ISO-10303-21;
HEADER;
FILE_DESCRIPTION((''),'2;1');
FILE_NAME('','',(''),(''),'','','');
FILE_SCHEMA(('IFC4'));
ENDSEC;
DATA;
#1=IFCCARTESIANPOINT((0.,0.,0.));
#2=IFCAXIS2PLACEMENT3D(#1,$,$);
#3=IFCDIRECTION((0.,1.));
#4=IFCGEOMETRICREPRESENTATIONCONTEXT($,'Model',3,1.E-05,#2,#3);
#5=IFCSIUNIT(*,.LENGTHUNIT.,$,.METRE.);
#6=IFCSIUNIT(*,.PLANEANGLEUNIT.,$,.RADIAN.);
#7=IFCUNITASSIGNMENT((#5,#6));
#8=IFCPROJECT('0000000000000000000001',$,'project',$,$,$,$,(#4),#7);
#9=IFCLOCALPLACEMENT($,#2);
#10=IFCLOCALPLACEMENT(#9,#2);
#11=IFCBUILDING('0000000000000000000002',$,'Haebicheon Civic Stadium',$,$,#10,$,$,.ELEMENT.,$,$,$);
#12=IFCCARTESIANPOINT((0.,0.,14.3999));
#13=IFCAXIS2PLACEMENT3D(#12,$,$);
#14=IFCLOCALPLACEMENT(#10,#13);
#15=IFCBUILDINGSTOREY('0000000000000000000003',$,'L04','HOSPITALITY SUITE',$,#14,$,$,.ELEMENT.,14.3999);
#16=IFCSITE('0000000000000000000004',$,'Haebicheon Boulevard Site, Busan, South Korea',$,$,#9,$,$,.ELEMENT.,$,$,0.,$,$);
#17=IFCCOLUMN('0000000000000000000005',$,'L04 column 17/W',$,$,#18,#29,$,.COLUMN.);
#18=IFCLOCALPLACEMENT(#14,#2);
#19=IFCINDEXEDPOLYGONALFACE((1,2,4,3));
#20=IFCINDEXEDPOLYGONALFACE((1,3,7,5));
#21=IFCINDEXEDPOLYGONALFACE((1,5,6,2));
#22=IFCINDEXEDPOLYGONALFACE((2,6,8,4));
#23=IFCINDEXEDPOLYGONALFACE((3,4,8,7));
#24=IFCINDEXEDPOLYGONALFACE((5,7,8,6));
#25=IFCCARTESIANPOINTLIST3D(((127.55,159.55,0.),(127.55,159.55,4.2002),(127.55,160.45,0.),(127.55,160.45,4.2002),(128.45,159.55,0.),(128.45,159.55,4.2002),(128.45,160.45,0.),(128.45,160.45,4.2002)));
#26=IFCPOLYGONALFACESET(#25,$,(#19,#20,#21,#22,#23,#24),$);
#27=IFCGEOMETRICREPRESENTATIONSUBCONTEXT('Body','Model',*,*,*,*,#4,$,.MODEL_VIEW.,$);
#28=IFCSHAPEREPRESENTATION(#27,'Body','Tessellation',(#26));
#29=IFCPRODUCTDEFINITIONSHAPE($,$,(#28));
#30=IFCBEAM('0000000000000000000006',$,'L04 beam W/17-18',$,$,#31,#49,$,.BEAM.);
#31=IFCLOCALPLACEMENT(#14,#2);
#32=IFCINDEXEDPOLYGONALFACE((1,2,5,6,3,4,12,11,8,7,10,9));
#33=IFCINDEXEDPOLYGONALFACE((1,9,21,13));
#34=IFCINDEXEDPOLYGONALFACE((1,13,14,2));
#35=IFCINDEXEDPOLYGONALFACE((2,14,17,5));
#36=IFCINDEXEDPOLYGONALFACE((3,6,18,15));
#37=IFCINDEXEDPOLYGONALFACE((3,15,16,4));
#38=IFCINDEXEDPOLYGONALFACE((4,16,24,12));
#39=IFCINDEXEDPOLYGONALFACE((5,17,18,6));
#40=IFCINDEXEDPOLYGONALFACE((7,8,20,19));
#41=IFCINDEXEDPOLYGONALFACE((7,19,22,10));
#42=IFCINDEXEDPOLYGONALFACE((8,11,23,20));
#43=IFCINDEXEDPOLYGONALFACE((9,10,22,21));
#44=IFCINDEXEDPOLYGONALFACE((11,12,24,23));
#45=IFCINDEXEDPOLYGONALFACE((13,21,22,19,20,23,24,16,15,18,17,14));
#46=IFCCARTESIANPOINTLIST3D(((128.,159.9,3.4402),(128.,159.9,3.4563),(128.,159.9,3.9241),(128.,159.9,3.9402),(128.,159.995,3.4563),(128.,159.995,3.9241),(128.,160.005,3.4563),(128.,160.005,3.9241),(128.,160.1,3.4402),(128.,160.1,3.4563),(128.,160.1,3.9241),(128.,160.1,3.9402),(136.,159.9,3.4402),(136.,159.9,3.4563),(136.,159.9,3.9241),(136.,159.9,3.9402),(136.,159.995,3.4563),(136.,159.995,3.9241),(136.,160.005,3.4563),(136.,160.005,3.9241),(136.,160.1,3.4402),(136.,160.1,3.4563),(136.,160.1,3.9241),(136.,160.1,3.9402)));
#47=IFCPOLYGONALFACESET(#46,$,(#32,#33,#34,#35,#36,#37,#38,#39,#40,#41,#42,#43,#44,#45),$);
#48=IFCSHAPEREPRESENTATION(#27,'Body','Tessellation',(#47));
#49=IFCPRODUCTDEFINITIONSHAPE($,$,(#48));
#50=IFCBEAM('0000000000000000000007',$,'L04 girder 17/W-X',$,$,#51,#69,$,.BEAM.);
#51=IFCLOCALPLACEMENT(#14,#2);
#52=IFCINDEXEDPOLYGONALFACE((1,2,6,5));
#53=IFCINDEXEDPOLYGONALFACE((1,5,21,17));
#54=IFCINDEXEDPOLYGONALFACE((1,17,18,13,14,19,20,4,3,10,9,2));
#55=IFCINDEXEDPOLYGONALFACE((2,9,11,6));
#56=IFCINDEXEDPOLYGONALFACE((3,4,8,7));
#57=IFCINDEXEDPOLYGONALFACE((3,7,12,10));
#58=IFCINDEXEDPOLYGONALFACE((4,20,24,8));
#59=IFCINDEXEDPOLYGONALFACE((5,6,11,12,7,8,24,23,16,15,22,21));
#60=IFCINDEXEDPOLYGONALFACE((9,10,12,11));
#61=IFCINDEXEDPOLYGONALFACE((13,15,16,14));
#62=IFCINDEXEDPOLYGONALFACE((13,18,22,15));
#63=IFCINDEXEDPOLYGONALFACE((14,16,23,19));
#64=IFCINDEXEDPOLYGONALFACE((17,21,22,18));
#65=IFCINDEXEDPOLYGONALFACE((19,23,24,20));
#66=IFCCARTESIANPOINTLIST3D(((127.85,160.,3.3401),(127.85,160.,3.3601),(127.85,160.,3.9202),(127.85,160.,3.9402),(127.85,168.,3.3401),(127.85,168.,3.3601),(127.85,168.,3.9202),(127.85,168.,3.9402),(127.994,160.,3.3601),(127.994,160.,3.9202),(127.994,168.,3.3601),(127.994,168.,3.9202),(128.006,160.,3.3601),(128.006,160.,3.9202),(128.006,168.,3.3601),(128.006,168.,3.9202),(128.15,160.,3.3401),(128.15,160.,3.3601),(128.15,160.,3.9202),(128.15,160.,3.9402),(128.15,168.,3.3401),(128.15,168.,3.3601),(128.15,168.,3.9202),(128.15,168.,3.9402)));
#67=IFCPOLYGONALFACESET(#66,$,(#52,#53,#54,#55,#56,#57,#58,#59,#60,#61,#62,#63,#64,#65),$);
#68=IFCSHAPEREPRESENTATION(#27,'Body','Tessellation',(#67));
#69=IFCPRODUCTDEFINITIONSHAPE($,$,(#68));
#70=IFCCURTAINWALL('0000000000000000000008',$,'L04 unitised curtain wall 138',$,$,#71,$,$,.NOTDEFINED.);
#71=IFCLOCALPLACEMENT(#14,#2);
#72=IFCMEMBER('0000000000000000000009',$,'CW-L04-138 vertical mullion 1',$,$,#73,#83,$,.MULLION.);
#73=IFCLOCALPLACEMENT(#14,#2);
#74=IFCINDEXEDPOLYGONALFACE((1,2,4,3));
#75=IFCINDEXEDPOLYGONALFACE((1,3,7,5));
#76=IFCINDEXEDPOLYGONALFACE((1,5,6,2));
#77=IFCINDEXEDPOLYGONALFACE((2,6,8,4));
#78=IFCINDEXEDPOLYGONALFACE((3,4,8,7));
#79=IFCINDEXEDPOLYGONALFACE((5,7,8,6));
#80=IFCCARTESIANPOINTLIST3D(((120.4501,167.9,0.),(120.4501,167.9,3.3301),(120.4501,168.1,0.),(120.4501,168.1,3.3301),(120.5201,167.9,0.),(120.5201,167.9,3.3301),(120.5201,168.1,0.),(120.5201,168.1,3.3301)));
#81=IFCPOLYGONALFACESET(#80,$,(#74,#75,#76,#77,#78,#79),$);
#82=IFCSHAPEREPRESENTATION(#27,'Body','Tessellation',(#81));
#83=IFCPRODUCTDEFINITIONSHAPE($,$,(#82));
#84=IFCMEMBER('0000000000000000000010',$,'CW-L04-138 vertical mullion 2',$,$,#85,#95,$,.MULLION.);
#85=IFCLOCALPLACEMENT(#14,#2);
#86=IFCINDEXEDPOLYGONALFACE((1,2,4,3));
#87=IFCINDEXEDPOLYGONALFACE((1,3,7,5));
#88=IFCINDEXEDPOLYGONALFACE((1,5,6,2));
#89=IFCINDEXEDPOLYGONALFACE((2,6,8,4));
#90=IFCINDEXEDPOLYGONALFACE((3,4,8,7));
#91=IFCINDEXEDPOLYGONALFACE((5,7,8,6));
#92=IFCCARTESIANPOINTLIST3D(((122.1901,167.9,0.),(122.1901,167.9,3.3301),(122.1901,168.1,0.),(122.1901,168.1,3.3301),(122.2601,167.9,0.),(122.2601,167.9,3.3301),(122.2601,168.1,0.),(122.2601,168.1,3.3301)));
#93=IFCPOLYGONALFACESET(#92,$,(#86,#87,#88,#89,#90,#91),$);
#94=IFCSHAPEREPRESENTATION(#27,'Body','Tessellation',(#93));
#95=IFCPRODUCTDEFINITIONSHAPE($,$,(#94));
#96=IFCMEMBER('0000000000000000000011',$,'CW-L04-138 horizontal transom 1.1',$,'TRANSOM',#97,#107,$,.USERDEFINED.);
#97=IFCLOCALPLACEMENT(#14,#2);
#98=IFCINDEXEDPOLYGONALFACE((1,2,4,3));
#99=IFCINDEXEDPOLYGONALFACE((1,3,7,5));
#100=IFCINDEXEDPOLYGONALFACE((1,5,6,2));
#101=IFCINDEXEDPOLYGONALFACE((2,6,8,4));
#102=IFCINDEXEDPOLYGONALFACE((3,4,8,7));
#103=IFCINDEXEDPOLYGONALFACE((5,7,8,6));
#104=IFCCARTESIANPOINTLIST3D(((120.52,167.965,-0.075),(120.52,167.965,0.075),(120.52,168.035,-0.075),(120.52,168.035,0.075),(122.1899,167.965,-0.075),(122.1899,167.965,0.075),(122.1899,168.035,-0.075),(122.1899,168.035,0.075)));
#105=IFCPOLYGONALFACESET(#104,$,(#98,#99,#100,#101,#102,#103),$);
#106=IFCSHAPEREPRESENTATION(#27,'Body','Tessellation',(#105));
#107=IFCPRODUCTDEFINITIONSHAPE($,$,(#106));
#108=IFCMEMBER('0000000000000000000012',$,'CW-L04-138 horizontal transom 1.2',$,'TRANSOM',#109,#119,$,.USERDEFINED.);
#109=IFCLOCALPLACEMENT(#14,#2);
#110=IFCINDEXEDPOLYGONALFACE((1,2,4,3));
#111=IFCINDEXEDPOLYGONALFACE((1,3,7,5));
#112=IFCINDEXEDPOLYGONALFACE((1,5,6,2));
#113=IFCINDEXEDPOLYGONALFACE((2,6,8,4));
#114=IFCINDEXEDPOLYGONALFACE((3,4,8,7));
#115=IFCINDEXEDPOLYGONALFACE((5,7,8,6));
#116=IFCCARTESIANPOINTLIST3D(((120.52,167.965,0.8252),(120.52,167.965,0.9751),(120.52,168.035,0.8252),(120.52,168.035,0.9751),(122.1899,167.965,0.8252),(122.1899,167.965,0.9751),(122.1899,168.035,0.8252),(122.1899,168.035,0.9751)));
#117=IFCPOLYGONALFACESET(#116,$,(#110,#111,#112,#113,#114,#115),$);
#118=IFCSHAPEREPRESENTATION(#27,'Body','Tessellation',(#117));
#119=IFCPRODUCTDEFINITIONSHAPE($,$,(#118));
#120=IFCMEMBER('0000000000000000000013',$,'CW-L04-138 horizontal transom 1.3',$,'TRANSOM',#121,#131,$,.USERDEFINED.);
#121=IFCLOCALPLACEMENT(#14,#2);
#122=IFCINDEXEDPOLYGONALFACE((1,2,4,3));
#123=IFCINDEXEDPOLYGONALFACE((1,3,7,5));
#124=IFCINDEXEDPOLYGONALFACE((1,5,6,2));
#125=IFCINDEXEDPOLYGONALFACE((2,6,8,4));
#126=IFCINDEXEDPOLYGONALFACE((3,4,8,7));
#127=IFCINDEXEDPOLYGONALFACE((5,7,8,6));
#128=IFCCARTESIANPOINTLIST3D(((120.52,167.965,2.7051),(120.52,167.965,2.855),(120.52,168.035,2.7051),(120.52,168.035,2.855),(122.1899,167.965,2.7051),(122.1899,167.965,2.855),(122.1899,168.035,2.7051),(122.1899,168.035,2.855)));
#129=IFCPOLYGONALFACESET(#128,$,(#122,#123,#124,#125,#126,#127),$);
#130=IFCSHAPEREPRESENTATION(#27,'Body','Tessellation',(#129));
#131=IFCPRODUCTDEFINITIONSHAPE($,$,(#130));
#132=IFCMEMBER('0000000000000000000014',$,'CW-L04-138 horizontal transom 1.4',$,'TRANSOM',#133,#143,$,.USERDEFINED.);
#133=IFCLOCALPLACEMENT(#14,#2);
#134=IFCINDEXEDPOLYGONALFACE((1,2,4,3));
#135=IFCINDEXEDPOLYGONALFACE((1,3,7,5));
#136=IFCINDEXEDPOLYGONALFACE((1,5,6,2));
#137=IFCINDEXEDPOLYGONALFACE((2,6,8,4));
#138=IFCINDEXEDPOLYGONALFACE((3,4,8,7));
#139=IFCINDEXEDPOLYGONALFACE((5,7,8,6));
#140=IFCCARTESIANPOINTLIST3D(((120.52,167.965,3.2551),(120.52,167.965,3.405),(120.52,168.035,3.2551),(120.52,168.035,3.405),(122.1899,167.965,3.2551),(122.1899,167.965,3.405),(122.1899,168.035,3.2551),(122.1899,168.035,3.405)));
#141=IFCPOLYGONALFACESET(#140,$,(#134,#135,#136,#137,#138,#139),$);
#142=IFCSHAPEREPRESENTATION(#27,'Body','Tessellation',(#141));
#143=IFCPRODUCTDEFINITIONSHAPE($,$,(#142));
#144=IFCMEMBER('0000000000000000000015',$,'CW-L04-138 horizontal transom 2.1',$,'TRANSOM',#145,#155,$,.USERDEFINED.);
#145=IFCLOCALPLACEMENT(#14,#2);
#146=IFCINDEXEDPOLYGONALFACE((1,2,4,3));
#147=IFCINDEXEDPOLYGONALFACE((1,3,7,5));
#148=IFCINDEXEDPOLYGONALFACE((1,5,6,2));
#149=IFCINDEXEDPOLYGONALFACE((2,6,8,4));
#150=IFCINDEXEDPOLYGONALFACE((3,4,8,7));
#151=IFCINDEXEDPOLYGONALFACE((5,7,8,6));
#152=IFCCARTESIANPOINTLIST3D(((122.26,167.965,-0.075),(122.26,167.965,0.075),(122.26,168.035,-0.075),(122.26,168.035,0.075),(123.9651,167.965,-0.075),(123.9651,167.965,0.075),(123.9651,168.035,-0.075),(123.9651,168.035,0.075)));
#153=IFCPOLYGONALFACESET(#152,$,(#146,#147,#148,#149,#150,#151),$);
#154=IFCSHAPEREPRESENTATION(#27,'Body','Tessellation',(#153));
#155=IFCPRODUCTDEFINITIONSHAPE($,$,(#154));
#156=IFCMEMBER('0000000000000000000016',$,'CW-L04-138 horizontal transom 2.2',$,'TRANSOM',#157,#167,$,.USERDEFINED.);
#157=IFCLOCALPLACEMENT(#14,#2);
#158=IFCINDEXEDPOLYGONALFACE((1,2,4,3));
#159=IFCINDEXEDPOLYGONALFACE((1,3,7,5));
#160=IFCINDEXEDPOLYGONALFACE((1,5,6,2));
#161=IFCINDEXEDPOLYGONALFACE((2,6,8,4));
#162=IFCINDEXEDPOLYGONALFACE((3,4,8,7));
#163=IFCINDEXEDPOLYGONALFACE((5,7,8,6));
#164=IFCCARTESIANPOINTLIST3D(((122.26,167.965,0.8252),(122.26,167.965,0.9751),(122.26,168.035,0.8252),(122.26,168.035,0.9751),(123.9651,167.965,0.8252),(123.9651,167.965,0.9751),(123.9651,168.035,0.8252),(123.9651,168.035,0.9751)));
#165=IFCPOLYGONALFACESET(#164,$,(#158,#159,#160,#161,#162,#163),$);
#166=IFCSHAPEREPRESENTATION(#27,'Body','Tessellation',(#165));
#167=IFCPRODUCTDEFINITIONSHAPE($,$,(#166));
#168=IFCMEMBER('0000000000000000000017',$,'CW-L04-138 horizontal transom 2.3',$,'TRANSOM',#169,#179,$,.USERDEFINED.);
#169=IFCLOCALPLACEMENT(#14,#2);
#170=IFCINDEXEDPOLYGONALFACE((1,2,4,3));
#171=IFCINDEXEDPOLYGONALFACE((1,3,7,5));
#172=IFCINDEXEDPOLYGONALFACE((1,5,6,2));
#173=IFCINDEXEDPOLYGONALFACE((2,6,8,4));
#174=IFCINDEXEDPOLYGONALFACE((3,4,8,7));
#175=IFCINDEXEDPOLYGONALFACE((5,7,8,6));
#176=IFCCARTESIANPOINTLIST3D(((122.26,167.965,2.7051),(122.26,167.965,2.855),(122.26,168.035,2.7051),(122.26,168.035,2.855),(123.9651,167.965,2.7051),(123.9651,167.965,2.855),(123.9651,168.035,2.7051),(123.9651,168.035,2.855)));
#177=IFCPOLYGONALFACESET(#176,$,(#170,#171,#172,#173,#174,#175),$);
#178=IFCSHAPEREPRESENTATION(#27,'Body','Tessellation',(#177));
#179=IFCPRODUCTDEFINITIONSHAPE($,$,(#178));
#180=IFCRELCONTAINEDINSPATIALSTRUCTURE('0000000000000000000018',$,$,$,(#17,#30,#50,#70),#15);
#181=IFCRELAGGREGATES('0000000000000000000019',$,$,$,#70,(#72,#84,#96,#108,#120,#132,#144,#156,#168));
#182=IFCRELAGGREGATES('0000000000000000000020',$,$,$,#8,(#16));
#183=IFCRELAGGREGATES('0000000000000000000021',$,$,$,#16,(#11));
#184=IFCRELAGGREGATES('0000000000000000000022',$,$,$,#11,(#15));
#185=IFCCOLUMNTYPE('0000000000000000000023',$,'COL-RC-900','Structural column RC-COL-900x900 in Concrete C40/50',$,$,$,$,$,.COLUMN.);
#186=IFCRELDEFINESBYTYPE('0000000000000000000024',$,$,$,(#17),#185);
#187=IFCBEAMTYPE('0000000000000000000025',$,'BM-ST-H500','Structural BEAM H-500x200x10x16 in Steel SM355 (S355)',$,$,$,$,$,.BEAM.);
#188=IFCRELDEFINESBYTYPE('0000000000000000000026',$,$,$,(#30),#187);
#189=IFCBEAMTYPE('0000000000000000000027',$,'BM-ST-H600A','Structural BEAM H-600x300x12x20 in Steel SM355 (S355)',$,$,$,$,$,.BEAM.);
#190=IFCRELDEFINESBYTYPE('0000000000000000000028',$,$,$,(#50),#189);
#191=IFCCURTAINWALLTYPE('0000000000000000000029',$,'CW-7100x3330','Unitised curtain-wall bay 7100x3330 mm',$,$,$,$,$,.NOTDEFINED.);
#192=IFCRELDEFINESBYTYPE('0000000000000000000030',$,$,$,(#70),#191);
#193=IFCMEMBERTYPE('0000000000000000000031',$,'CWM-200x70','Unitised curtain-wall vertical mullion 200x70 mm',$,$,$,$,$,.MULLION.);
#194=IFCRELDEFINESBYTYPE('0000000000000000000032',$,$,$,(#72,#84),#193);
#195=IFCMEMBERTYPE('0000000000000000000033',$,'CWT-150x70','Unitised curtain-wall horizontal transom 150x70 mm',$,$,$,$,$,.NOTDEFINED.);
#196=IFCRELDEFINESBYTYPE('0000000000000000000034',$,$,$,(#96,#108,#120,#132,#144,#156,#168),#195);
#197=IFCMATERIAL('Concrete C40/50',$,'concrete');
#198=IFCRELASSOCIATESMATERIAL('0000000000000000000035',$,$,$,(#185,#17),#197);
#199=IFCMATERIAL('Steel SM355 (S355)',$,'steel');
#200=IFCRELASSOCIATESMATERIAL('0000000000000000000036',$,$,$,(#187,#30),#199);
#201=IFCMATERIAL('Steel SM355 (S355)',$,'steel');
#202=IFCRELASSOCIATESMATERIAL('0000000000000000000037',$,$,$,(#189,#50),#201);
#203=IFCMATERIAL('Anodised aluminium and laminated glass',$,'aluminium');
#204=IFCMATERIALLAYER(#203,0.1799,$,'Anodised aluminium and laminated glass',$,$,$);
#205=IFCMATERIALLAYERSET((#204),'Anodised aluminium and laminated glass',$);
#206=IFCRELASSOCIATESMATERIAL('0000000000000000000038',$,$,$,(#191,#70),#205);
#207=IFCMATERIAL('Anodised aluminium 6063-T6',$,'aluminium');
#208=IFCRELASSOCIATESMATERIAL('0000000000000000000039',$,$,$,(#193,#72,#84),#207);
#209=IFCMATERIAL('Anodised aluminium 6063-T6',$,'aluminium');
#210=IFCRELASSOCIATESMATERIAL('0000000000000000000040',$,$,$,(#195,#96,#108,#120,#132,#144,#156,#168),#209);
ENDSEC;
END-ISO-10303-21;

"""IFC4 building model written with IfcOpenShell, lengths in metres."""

from ifc_helpers import new_model, si_unit, direction, frame, origin, origin_2d, place, context, subcontext, project, spatial, rectangle, i_section, extrude, material, layer, layer_set, material_profile, profile_set, type_object, element, aggregate, save


model = new_model("IFC4")

# Units and contexts
model_context = context("Model", 3, precision=1e-05, world=origin(), true_north=direction((0.0, 1.0)))
body_context = subcontext(model_context, "Body", "Model", "MODEL_VIEW")
ifc_project = project(units=[si_unit("LENGTHUNIT", "METRE"), si_unit("PLANEANGLEUNIT", "RADIAN")], contexts=[model_context])

# Site, building, storey
site_placement = place(None, origin())
site = spatial("IfcSite", under=ifc_project, at=site_placement, Name="Haebicheon Boulevard Site, Busan, South Korea", CompositionType="ELEMENT", RefElevation=0.0)
building_placement = place(site_placement, origin())
building = spatial("IfcBuilding", under=site, at=building_placement, Name="Haebicheon Civic Stadium", CompositionType="ELEMENT")
storey_placement = place(building_placement, frame((0.0, 0.0, 14.3999)))
storey = spatial("IfcBuildingStorey", under=building, at=storey_placement, Name="L04", Description="HOSPITALITY SUITE", CompositionType="ELEMENT", Elevation=14.3999)

# Column
ifc_material_1 = material(Name="Concrete C40/50", Category="concrete")
ifc_material_profile_1 = material_profile(ifc_material_1, rectangle(XDim=0.8999, YDim=0.8999, at=origin_2d()), Name="RC-COL-900x900")
ifc_profile_set_1 = profile_set([ifc_material_profile_1], Name="Concrete C40/50")
column_type = type_object("IfcColumnType", Name="COL-RC-900", Description="Structural column RC-COL-900x900 in Concrete C40/50", PredefinedType="COLUMN", material=ifc_profile_set_1)
column_placement = place(storey_placement, frame((128.0, 160.0, 0.0), z_axis=(0.0, 0.0, 1.0), x_axis=(1.0, 0.0, 0.0)))
element("IfcColumn", 1, at=column_placement, inside=storey, type_object=column_type, material=ifc_profile_set_1, Name="L04 column 17/W", PredefinedType="COLUMN", context=body_context, shape_type="SweptSolid", body=[
    extrude(rectangle(XDim=0.8999, YDim=0.8999, at=origin_2d()), origin(), (0.0, 0.0, 1.0), 4.2002),
])

# Beams
ifc_material_2 = material(Name="Steel SM355 (S355)", Category="steel")
ifc_material_profile_2 = material_profile(ifc_material_2, i_section(OverallWidth=0.2, OverallDepth=0.5, WebThickness=0.01, FlangeThickness=0.0161, at=origin_2d()), Name="H-500x200x10x16")
ifc_profile_set_2 = profile_set([ifc_material_profile_2], Name="Steel SM355 (S355)")
beam_type_1 = type_object("IfcBeamType", Name="BM-ST-H500", Description="Structural BEAM H-500x200x10x16 in Steel SM355 (S355)", PredefinedType="BEAM", material=ifc_profile_set_2)
beam_1_placement = place(storey_placement, frame((128.0, 160.0, 3.6902), z_axis=(1.0, 0.0, 0.0), x_axis=(0.0, 1.0, 0.0)))
element("IfcBeam", 2, at=beam_1_placement, inside=storey, type_object=beam_type_1, material=ifc_profile_set_2, Name="L04 beam W/17-18", PredefinedType="BEAM", context=body_context, shape_type="SweptSolid", body=[
    extrude(i_section(OverallWidth=0.2, OverallDepth=0.5, WebThickness=0.01, FlangeThickness=0.0161, at=origin_2d()), origin(), (0.0, 0.0, 1.0), 8.0),
])
ifc_material_3 = material(Name="Steel SM355 (S355)", Category="steel")
ifc_material_profile_3 = material_profile(ifc_material_3, i_section(OverallWidth=0.3, OverallDepth=0.6001, WebThickness=0.012, FlangeThickness=0.02, at=origin_2d()), Name="H-600x300x12x20")
ifc_profile_set_3 = profile_set([ifc_material_profile_3], Name="Steel SM355 (S355)")
beam_type_2 = type_object("IfcBeamType", Name="BM-ST-H600A", Description="Structural BEAM H-600x300x12x20 in Steel SM355 (S355)", PredefinedType="BEAM", material=ifc_profile_set_3)
beam_2_placement = place(storey_placement, frame((128.0, 160.0, 3.6401), z_axis=(0.0, 1.0, 0.0), x_axis=(-1.0, 0.0, 0.0)))
element("IfcBeam", 3, at=beam_2_placement, inside=storey, type_object=beam_type_2, material=ifc_profile_set_3, Name="L04 girder 17/W-X", PredefinedType="BEAM", context=body_context, shape_type="SweptSolid", body=[
    extrude(i_section(OverallWidth=0.3, OverallDepth=0.6001, WebThickness=0.012, FlangeThickness=0.02, at=origin_2d()), origin(), (0.0, 0.0, 1.0), 8.0),
])

# Curtain wall, members
ifc_material_4 = material(Name="Anodised aluminium and laminated glass", Category="aluminium")
ifc_layer_1 = layer(ifc_material_4, 0.1799, Name="Anodised aluminium and laminated glass")
ifc_layer_set_1 = layer_set([ifc_layer_1], Name="Anodised aluminium and laminated glass")
curtain_wall_type = type_object("IfcCurtainWallType", Name="CW-7100x3330", Description="Unitised curtain-wall bay 7100x3330 mm", PredefinedType="NOTDEFINED", material=ifc_layer_set_1)
curtain_wall_placement = place(storey_placement, origin())
curtain_wall = element("IfcCurtainWall", 4, at=curtain_wall_placement, inside=storey, type_object=curtain_wall_type, material=ifc_layer_set_1, Name="L04 unitised curtain wall 138", PredefinedType="NOTDEFINED")
ifc_material_5 = material(Name="Anodised aluminium 6063-T6", Category="aluminium")
ifc_material_profile_4 = material_profile(ifc_material_5, rectangle(XDim=0.0701, YDim=0.2, at=origin_2d()), Name="ALU-MULL-70x200")
ifc_profile_set_4 = profile_set([ifc_material_profile_4], Name="Anodised aluminium 6063-T6")
member_type_1 = type_object("IfcMemberType", Name="CWM-200x70", Description="Unitised curtain-wall vertical mullion 200x70 mm", PredefinedType="MULLION", material=ifc_profile_set_4)
member_1_placement = place(storey_placement, frame((120.4851, 168.0, 0.0), z_axis=(0.0, 0.0, 1.0), x_axis=(1.0, 0.0, 0.0)))
member_1 = element("IfcMember", 5, at=member_1_placement, type_object=member_type_1, material=ifc_profile_set_4, Name="CW-L04-138 vertical mullion 1", PredefinedType="MULLION", context=body_context, shape_type="SweptSolid", body=[
    extrude(rectangle(XDim=0.0701, YDim=0.2, at=origin_2d()), origin(), (0.0, 0.0, 1.0), 3.3301),
])
member_2_placement = place(storey_placement, frame((122.2251, 168.0, 0.0), z_axis=(0.0, 0.0, 1.0), x_axis=(1.0, 0.0, 0.0)))
member_2 = element("IfcMember", 6, at=member_2_placement, type_object=member_type_1, material=ifc_profile_set_4, Name="CW-L04-138 vertical mullion 2", PredefinedType="MULLION", context=body_context, shape_type="SweptSolid", body=[
    extrude(rectangle(XDim=0.0701, YDim=0.2, at=origin_2d()), origin(), (0.0, 0.0, 1.0), 3.3301),
])
ifc_material_6 = material(Name="Anodised aluminium 6063-T6", Category="aluminium")
ifc_material_profile_5 = material_profile(ifc_material_6, rectangle(XDim=0.0701, YDim=0.1499, at=origin_2d()), Name="ALU-TRAN-70x150")
ifc_profile_set_5 = profile_set([ifc_material_profile_5], Name="Anodised aluminium 6063-T6")
member_type_2 = type_object("IfcMemberType", Name="CWT-150x70", Description="Unitised curtain-wall horizontal transom 150x70 mm", PredefinedType="NOTDEFINED", material=ifc_profile_set_5)
member_3_placement = place(storey_placement, frame((120.52, 168.0, 0.0), z_axis=(1.0, 0.0, 0.0), x_axis=(0.0, 1.0, 0.0)))
member_3 = element("IfcMember", 7, at=member_3_placement, type_object=member_type_2, material=ifc_profile_set_5, Name="CW-L04-138 horizontal transom 1.1", ObjectType="TRANSOM", PredefinedType="USERDEFINED", context=body_context, shape_type="SweptSolid", body=[
    extrude(rectangle(XDim=0.0701, YDim=0.1499, at=origin_2d()), origin(), (0.0, 0.0, 1.0), 1.6699),
])
member_4_placement = place(storey_placement, frame((120.52, 168.0, 0.9001), z_axis=(1.0, 0.0, 0.0), x_axis=(0.0, 1.0, 0.0)))
member_4 = element("IfcMember", 8, at=member_4_placement, type_object=member_type_2, material=ifc_profile_set_5, Name="CW-L04-138 horizontal transom 1.2", ObjectType="TRANSOM", PredefinedType="USERDEFINED", context=body_context, shape_type="SweptSolid", body=[
    extrude(rectangle(XDim=0.0701, YDim=0.1499, at=origin_2d()), origin(), (0.0, 0.0, 1.0), 1.6699),
])
member_5_placement = place(storey_placement, frame((120.52, 168.0, 2.78), z_axis=(1.0, 0.0, 0.0), x_axis=(0.0, 1.0, 0.0)))
member_5 = element("IfcMember", 9, at=member_5_placement, type_object=member_type_2, material=ifc_profile_set_5, Name="CW-L04-138 horizontal transom 1.3", ObjectType="TRANSOM", PredefinedType="USERDEFINED", context=body_context, shape_type="SweptSolid", body=[
    extrude(rectangle(XDim=0.0701, YDim=0.1499, at=origin_2d()), origin(), (0.0, 0.0, 1.0), 1.6699),
])
member_6_placement = place(storey_placement, frame((120.52, 168.0, 3.3301), z_axis=(1.0, 0.0, 0.0), x_axis=(0.0, 1.0, 0.0)))
member_6 = element("IfcMember", 10, at=member_6_placement, type_object=member_type_2, material=ifc_profile_set_5, Name="CW-L04-138 horizontal transom 1.4", ObjectType="TRANSOM", PredefinedType="USERDEFINED", context=body_context, shape_type="SweptSolid", body=[
    extrude(rectangle(XDim=0.0701, YDim=0.1499, at=origin_2d()), origin(), (0.0, 0.0, 1.0), 1.6699),
])
member_7_placement = place(storey_placement, frame((122.26, 168.0, 0.0), z_axis=(1.0, 0.0, 0.0), x_axis=(0.0, 1.0, 0.0)))
member_7 = element("IfcMember", 11, at=member_7_placement, type_object=member_type_2, material=ifc_profile_set_5, Name="CW-L04-138 horizontal transom 2.1", ObjectType="TRANSOM", PredefinedType="USERDEFINED", context=body_context, shape_type="SweptSolid", body=[
    extrude(rectangle(XDim=0.0701, YDim=0.1499, at=origin_2d()), origin(), (0.0, 0.0, 1.0), 1.7051),
])
member_8_placement = place(storey_placement, frame((122.26, 168.0, 0.9001), z_axis=(1.0, 0.0, 0.0), x_axis=(0.0, 1.0, 0.0)))
member_8 = element("IfcMember", 12, at=member_8_placement, type_object=member_type_2, material=ifc_profile_set_5, Name="CW-L04-138 horizontal transom 2.2", ObjectType="TRANSOM", PredefinedType="USERDEFINED", context=body_context, shape_type="SweptSolid", body=[
    extrude(rectangle(XDim=0.0701, YDim=0.1499, at=origin_2d()), origin(), (0.0, 0.0, 1.0), 1.7051),
])
member_9_placement = place(storey_placement, frame((122.26, 168.0, 2.78), z_axis=(1.0, 0.0, 0.0), x_axis=(0.0, 1.0, 0.0)))
member_9 = element("IfcMember", 13, at=member_9_placement, type_object=member_type_2, material=ifc_profile_set_5, Name="CW-L04-138 horizontal transom 2.3", ObjectType="TRANSOM", PredefinedType="USERDEFINED", context=body_context, shape_type="SweptSolid", body=[
    extrude(rectangle(XDim=0.0701, YDim=0.1499, at=origin_2d()), origin(), (0.0, 0.0, 1.0), 1.7051),
])
aggregate(curtain_wall, [member_1, member_2, member_3, member_4, member_5, member_6, member_7, member_8, member_9])

save(model, "model.ifc")
